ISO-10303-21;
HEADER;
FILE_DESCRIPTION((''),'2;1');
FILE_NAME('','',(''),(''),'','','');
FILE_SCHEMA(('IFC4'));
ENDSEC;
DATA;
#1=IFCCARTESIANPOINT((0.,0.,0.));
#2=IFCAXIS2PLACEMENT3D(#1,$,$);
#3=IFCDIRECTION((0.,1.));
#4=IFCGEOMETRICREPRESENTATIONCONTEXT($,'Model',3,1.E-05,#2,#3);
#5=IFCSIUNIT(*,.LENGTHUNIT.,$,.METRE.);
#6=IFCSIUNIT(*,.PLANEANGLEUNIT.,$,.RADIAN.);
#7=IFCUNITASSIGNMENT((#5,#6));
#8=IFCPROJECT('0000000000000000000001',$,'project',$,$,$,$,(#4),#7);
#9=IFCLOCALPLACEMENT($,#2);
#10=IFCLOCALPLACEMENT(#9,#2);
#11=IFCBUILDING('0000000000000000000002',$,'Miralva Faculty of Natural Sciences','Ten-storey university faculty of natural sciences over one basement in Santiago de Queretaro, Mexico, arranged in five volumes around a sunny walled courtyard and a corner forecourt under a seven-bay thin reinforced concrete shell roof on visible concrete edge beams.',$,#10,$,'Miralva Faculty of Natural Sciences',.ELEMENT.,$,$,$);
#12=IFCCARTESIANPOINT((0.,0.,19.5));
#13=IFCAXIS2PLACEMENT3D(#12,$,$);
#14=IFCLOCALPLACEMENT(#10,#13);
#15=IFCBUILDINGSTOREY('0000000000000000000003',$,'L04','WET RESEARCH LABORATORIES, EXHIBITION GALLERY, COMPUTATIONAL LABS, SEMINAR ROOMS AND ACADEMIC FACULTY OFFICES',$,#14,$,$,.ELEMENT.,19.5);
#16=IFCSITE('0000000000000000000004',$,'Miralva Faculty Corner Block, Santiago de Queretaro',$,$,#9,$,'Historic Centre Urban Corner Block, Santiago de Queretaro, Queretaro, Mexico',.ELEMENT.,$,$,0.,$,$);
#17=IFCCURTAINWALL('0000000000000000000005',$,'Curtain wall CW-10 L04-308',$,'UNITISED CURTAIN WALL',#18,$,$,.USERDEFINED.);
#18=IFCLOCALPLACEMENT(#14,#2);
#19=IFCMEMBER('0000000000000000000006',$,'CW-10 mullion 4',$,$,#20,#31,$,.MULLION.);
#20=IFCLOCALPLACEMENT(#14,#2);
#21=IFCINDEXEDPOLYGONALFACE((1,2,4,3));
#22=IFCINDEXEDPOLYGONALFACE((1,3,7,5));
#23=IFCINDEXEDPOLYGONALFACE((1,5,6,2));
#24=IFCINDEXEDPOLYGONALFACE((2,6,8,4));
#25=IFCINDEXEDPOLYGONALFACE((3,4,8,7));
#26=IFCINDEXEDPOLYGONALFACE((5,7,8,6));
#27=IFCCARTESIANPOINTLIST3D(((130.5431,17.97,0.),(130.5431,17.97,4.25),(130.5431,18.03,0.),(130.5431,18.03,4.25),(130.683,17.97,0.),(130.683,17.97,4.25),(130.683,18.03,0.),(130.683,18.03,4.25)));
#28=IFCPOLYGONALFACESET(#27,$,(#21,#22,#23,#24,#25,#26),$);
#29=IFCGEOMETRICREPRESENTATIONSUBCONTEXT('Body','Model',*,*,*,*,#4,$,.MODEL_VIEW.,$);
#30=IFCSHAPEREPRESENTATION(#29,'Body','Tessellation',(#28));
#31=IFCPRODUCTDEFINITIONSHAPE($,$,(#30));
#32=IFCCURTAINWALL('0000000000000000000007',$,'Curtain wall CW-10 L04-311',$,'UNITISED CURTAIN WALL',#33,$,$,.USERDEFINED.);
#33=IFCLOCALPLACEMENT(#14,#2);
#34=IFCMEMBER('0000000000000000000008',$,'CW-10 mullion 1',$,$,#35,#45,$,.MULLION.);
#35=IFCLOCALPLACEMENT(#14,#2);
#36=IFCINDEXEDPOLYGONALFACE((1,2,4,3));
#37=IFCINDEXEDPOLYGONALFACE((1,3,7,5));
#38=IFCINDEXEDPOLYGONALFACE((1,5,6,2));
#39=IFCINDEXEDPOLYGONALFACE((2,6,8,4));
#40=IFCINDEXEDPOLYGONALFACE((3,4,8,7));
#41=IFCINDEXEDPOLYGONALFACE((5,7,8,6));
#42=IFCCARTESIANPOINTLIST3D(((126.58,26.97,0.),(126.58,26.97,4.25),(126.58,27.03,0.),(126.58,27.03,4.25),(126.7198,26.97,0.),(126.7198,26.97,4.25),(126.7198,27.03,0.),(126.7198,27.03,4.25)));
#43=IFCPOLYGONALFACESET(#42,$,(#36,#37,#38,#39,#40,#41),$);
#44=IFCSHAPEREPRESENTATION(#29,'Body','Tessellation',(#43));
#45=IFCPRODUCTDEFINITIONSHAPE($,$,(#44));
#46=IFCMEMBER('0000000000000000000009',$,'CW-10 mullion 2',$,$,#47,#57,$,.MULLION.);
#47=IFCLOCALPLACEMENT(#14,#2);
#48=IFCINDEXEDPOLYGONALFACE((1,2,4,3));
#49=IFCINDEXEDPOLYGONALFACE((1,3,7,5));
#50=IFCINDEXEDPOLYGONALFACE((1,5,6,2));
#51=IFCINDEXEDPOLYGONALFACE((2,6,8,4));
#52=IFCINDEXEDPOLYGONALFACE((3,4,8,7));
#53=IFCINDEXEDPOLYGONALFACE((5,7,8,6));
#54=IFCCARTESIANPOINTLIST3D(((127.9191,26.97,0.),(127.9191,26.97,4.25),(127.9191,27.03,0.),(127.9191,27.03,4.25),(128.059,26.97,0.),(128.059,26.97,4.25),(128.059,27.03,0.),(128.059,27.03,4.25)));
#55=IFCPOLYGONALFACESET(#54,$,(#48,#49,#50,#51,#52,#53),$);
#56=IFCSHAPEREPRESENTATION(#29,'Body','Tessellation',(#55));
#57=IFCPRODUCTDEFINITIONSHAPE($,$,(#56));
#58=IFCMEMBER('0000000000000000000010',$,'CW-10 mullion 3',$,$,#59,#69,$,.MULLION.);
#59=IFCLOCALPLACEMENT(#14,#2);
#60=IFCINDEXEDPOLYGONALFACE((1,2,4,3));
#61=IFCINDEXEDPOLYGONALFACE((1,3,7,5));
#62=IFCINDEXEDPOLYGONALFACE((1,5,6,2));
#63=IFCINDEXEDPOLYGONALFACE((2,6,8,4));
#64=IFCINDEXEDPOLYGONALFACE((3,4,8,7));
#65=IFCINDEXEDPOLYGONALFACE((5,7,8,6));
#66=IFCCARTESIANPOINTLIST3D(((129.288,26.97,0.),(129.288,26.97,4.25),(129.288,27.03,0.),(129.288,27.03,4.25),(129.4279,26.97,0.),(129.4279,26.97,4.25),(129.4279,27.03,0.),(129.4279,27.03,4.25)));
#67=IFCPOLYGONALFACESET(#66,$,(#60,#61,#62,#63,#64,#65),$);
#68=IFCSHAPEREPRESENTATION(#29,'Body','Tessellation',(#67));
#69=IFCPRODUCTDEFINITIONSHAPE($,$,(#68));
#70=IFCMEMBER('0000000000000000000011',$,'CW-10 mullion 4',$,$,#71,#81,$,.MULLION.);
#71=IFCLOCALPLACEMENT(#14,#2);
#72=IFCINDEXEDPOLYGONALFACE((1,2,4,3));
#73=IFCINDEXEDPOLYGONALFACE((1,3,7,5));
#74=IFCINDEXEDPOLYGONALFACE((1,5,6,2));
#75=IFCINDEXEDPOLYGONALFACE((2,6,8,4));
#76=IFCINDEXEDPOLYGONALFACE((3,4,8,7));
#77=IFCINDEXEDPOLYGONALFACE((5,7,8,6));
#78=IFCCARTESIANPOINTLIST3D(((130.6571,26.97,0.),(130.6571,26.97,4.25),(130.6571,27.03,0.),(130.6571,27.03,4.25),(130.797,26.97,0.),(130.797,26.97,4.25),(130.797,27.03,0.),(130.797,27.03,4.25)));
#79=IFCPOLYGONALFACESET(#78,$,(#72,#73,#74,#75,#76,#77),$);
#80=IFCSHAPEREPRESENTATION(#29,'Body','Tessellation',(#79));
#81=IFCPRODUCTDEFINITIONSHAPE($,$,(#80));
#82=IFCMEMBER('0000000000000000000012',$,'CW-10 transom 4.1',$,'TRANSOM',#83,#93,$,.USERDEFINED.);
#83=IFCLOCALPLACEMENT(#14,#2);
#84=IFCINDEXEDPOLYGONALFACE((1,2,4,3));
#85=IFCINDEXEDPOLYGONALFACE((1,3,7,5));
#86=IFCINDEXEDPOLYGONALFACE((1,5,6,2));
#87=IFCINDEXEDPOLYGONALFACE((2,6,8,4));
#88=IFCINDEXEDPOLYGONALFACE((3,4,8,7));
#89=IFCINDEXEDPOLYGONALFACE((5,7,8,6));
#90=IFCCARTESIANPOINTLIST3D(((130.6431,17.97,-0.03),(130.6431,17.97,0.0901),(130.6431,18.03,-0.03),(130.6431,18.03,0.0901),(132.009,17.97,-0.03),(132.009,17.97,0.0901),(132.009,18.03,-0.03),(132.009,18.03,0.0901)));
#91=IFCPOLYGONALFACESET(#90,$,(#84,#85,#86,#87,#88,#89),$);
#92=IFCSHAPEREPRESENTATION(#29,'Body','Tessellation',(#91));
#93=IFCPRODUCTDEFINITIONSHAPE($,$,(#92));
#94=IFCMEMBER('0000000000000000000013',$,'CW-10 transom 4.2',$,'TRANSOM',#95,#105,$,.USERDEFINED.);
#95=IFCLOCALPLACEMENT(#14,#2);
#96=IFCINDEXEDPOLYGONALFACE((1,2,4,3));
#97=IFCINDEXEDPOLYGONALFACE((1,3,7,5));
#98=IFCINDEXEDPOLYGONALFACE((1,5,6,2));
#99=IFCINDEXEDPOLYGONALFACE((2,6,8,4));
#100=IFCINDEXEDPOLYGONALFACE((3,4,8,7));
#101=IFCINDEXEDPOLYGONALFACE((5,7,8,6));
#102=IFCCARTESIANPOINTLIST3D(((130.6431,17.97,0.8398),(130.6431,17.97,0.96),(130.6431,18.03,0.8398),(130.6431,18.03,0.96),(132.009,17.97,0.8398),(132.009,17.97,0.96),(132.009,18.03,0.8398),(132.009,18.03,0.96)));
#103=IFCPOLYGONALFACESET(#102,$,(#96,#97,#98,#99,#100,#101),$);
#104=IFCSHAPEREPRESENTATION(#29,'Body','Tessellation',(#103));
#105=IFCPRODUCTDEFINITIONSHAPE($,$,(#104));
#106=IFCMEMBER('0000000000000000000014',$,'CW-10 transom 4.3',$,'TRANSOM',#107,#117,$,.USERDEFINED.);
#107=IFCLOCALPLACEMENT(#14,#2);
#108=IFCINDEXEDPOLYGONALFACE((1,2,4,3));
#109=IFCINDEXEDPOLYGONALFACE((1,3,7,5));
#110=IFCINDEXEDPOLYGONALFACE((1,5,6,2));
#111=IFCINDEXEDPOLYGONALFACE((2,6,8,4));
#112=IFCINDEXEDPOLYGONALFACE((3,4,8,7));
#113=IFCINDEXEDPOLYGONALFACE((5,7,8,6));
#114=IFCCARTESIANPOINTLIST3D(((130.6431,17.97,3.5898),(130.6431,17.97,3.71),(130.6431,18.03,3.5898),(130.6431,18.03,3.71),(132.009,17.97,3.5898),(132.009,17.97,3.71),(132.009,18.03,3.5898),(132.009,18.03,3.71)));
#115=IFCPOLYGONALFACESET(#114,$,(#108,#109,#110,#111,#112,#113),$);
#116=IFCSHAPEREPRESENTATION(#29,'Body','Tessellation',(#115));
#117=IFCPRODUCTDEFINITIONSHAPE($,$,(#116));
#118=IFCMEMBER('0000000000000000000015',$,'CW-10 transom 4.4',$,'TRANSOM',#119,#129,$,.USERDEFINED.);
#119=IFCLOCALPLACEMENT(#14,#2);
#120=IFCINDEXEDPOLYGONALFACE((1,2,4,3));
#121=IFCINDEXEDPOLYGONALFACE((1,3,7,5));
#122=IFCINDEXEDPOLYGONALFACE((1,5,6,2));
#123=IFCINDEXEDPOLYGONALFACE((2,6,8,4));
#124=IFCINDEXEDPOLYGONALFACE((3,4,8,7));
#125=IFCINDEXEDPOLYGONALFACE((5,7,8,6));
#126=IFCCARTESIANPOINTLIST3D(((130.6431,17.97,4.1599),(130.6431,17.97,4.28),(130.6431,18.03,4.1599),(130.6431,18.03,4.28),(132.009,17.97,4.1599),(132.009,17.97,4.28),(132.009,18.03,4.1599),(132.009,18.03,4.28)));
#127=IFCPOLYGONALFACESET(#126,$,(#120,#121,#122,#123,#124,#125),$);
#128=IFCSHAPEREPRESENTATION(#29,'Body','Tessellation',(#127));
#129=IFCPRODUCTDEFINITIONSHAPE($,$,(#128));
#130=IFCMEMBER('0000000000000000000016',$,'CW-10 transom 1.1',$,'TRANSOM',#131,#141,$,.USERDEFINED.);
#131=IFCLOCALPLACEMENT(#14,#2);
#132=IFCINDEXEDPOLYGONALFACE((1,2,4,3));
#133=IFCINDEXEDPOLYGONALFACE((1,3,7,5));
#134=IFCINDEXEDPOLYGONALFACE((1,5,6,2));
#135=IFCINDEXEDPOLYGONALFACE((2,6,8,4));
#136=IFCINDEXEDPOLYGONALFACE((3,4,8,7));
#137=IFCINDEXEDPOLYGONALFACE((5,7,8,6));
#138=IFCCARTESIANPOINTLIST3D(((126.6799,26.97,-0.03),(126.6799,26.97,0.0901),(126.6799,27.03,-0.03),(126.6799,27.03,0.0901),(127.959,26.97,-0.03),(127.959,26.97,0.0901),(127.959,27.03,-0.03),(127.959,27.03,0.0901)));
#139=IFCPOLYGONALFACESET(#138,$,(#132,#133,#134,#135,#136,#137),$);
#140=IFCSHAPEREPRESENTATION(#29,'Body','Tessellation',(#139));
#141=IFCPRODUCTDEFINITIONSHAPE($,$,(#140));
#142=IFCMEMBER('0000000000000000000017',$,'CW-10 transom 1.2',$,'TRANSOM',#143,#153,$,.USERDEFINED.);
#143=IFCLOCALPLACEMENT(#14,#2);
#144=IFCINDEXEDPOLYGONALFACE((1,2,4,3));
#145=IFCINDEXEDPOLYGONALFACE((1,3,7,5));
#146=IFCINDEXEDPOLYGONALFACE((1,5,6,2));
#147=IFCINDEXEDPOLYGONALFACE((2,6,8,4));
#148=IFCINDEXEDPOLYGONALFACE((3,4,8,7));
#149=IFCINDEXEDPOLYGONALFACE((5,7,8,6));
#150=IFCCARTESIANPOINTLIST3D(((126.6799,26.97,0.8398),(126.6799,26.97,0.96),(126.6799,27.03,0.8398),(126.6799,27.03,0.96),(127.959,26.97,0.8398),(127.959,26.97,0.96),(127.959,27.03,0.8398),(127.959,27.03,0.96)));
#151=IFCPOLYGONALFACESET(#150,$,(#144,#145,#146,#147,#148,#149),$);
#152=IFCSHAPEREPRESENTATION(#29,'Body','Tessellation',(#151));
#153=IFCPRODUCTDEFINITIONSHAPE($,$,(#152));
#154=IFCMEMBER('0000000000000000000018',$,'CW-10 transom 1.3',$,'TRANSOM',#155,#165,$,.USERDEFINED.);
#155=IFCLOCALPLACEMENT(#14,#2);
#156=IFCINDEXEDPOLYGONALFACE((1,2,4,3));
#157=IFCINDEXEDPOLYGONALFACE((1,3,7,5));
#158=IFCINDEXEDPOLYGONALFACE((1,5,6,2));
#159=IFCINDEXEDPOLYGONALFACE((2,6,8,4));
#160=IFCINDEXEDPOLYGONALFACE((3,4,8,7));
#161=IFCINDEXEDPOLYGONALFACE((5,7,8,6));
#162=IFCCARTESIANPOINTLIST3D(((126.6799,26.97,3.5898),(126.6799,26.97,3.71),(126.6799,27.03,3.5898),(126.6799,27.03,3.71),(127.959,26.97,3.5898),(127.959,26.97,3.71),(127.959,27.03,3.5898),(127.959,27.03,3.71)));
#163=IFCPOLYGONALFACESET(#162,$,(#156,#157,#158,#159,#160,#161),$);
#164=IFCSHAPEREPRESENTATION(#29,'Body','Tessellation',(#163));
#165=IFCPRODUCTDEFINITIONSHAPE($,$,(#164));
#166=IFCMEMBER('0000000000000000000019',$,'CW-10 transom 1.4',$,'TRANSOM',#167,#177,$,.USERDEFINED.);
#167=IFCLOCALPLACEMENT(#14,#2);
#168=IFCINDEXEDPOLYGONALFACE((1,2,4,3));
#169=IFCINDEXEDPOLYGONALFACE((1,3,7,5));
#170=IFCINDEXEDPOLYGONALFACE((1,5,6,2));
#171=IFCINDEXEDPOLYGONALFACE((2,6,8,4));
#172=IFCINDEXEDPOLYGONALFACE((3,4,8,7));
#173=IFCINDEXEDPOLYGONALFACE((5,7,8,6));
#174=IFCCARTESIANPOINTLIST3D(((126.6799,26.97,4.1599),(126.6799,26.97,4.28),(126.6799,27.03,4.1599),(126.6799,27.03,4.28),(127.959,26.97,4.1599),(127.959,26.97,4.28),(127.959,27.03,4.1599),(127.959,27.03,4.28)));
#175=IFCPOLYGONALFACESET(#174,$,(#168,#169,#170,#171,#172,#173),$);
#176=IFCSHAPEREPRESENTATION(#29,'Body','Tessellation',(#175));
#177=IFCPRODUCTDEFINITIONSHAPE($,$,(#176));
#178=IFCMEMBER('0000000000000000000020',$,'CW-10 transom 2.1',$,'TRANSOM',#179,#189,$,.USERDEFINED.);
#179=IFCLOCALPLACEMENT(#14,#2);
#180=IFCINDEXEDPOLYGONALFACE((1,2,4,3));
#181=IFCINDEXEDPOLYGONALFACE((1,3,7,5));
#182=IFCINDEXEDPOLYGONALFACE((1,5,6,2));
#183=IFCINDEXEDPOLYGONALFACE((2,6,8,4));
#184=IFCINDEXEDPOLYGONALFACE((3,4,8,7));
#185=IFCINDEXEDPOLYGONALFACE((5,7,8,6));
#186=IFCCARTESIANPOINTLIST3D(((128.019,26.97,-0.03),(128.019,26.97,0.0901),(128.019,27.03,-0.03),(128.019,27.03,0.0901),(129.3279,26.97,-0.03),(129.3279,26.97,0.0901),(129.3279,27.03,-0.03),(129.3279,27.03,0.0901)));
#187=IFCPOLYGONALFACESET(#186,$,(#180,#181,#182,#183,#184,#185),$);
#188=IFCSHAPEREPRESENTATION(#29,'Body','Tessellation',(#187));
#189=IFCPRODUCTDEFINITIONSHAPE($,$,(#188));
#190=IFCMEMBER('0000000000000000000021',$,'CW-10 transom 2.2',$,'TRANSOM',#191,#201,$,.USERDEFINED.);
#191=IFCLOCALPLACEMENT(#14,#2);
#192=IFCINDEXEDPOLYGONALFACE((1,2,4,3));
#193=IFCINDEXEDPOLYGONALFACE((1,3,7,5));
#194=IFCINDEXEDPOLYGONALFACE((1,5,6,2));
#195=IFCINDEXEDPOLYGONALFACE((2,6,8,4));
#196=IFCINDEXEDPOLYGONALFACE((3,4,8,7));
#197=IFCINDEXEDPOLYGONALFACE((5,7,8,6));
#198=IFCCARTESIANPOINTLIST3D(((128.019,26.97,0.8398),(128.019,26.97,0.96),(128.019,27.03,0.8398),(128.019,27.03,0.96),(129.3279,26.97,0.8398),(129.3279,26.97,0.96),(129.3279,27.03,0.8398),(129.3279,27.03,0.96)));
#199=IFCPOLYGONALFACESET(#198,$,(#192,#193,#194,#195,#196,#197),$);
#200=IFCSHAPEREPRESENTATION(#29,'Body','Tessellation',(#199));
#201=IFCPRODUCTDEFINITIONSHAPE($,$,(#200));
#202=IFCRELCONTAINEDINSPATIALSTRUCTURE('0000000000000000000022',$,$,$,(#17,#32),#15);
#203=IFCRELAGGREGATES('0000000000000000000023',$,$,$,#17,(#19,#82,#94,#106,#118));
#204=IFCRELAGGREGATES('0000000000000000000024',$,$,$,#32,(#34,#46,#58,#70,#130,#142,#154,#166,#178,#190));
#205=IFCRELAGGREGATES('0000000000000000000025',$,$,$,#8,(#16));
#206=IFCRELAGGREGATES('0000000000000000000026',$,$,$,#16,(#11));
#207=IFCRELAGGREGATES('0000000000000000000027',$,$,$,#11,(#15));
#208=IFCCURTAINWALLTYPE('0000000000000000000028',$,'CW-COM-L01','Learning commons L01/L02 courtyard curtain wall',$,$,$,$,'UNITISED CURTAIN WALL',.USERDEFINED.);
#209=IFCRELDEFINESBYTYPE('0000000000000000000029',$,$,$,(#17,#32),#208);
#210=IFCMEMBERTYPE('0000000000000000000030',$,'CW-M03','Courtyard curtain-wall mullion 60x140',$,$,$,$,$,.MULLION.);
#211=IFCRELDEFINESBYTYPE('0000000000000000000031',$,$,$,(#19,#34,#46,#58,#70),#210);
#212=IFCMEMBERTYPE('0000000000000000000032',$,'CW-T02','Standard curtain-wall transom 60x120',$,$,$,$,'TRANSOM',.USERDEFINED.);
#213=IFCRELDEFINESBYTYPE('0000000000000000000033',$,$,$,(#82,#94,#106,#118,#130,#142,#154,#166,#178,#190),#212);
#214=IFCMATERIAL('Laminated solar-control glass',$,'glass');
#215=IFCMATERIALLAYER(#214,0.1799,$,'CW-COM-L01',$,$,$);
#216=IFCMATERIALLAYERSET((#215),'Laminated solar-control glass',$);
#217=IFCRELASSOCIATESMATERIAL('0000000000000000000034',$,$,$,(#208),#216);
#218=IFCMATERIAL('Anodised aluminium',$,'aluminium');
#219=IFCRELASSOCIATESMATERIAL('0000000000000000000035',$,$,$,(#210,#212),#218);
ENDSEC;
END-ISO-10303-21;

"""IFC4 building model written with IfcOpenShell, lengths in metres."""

from ifc_helpers import new_model, si_unit, direction, frame, origin, origin_2d, place, context, subcontext, project, spatial, rectangle, extrude, material, layer, layer_set, material_profile, profile_set, type_object, element, aggregate, save


model = new_model("IFC4")

# Units and contexts
model_context = context("Model", 3, precision=1e-05, world=origin(), true_north=direction((0.0, 1.0)))
body_context = subcontext(model_context, "Body", "Model", "MODEL_VIEW")
ifc_project = project(units=[si_unit("LENGTHUNIT", "METRE"), si_unit("PLANEANGLEUNIT", "RADIAN")], contexts=[model_context])

# Site, building, storey
site_placement = place(None, origin())
site = spatial("IfcSite", under=ifc_project, at=site_placement, Name="Miralva Faculty Corner Block, Santiago de Queretaro", LongName="Historic Centre Urban Corner Block, Santiago de Queretaro, Queretaro, Mexico", CompositionType="ELEMENT", RefElevation=0.0)
building_placement = place(site_placement, origin())
building = spatial("IfcBuilding", under=site, at=building_placement, Name="Miralva Faculty of Natural Sciences", Description="Ten-storey university faculty of natural sciences over one basement in Santiago de Queretaro, Mexico, arranged in five volumes around a sunny walled courtyard and a corner forecourt under a seven-bay thin reinforced concrete shell roof on visible concrete edge beams.", LongName="Miralva Faculty of Natural Sciences", CompositionType="ELEMENT")
storey_placement = place(building_placement, frame((0.0, 0.0, 19.5)))
storey = spatial("IfcBuildingStorey", under=building, at=storey_placement, Name="L04", Description="WET RESEARCH LABORATORIES, EXHIBITION GALLERY, COMPUTATIONAL LABS, SEMINAR ROOMS AND ACADEMIC FACULTY OFFICES", CompositionType="ELEMENT", Elevation=19.5)

# Curtain wall, member
ifc_material_1 = material(Name="Laminated solar-control glass", Category="glass")
ifc_layer_1 = layer(ifc_material_1, 0.1799, Name="CW-COM-L01")
ifc_layer_set_1 = layer_set([ifc_layer_1], Name="Laminated solar-control glass")
curtain_wall_type = type_object("IfcCurtainWallType", Name="CW-COM-L01", Description="Learning commons L01/L02 courtyard curtain wall", ElementType="UNITISED CURTAIN WALL", PredefinedType="USERDEFINED", material=ifc_layer_set_1)
curtain_wall_1_placement = place(storey_placement, origin())
curtain_wall_1 = element("IfcCurtainWall", 1, at=curtain_wall_1_placement, inside=storey, type_object=curtain_wall_type, Name="Curtain wall CW-10 L04-308", ObjectType="UNITISED CURTAIN WALL", PredefinedType="USERDEFINED")
ifc_material_2 = material(Name="Anodised aluminium", Category="aluminium")
ifc_material_profile_1 = material_profile(ifc_material_2, rectangle(XDim=0.0601, YDim=0.1399, at=origin_2d()), Name="MULLION 60x140")
ifc_profile_set_1 = profile_set([ifc_material_profile_1], Name="Anodised aluminium")
member_type_1 = type_object("IfcMemberType", Name="CW-M03", Description="Courtyard curtain-wall mullion 60x140", PredefinedType="MULLION", material=ifc_profile_set_1)
member_1_placement = place(storey_placement, frame((130.613, 18.0, 0.0), z_axis=(0.0, 0.0, 1.0), x_axis=(0.0, 1.0, 0.0)))
member_1 = element("IfcMember", 2, at=member_1_placement, type_object=member_type_1, Name="CW-10 mullion 4", PredefinedType="MULLION", context=body_context, shape_type="SweptSolid", body=[
    extrude(rectangle(XDim=0.0601, YDim=0.1399, at=origin_2d()), origin(), (0.0, 0.0, 1.0), 4.25),
])

# Curtain wall, members
curtain_wall_2_placement = place(storey_placement, origin())
curtain_wall_2 = element("IfcCurtainWall", 3, at=curtain_wall_2_placement, inside=storey, type_object=curtain_wall_type, Name="Curtain wall CW-10 L04-311", ObjectType="UNITISED CURTAIN WALL", PredefinedType="USERDEFINED")
member_2_placement = place(storey_placement, frame((126.6499, 27.0, 0.0), z_axis=(0.0, 0.0, 1.0), x_axis=(0.0, 1.0, 0.0)))
member_2 = element("IfcMember", 4, at=member_2_placement, type_object=member_type_1, Name="CW-10 mullion 1", PredefinedType="MULLION", context=body_context, shape_type="SweptSolid", body=[
    extrude(rectangle(XDim=0.0601, YDim=0.1399, at=origin_2d()), origin(), (0.0, 0.0, 1.0), 4.25),
])
member_3_placement = place(storey_placement, frame((127.989, 27.0, 0.0), z_axis=(0.0, 0.0, 1.0), x_axis=(0.0, 1.0, 0.0)))
member_3 = element("IfcMember", 5, at=member_3_placement, type_object=member_type_1, Name="CW-10 mullion 2", PredefinedType="MULLION", context=body_context, shape_type="SweptSolid", body=[
    extrude(rectangle(XDim=0.0601, YDim=0.1399, at=origin_2d()), origin(), (0.0, 0.0, 1.0), 4.25),
])
member_4_placement = place(storey_placement, frame((129.3579, 27.0, 0.0), z_axis=(0.0, 0.0, 1.0), x_axis=(0.0, 1.0, 0.0)))
member_4 = element("IfcMember", 6, at=member_4_placement, type_object=member_type_1, Name="CW-10 mullion 3", PredefinedType="MULLION", context=body_context, shape_type="SweptSolid", body=[
    extrude(rectangle(XDim=0.0601, YDim=0.1399, at=origin_2d()), origin(), (0.0, 0.0, 1.0), 4.25),
])
member_5_placement = place(storey_placement, frame((130.7271, 27.0, 0.0), z_axis=(0.0, 0.0, 1.0), x_axis=(0.0, 1.0, 0.0)))
member_5 = element("IfcMember", 7, at=member_5_placement, type_object=member_type_1, Name="CW-10 mullion 4", PredefinedType="MULLION", context=body_context, shape_type="SweptSolid", body=[
    extrude(rectangle(XDim=0.0601, YDim=0.1399, at=origin_2d()), origin(), (0.0, 0.0, 1.0), 4.25),
])

# Members
ifc_material_profile_2 = material_profile(ifc_material_2, rectangle(XDim=0.0601, YDim=0.1201, at=origin_2d()), Name="TRANSOM 60x120")
ifc_profile_set_2 = profile_set([ifc_material_profile_2], Name="Anodised aluminium")
member_type_2 = type_object("IfcMemberType", Name="CW-T02", Description="Standard curtain-wall transom 60x120", ElementType="TRANSOM", PredefinedType="USERDEFINED", material=ifc_profile_set_2)
member_6_placement = place(storey_placement, frame((130.6431, 18.0, 0.03), z_axis=(1.0, 0.0, 0.0), x_axis=(0.0, 1.0, 0.0)))
member_6 = element("IfcMember", 8, at=member_6_placement, type_object=member_type_2, Name="CW-10 transom 4.1", ObjectType="TRANSOM", PredefinedType="USERDEFINED", context=body_context, shape_type="SweptSolid", body=[
    extrude(rectangle(XDim=0.0601, YDim=0.1201, at=origin_2d()), origin(), (0.0, 0.0, 1.0), 1.366),
])
member_7_placement = place(storey_placement, frame((130.6431, 18.0, 0.8999), z_axis=(1.0, 0.0, 0.0), x_axis=(0.0, 1.0, 0.0)))
member_7 = element("IfcMember", 9, at=member_7_placement, type_object=member_type_2, Name="CW-10 transom 4.2", ObjectType="TRANSOM", PredefinedType="USERDEFINED", context=body_context, shape_type="SweptSolid", body=[
    extrude(rectangle(XDim=0.0601, YDim=0.1201, at=origin_2d()), origin(), (0.0, 0.0, 1.0), 1.366),
])
member_8_placement = place(storey_placement, frame((130.6431, 18.0, 3.6499), z_axis=(1.0, 0.0, 0.0), x_axis=(0.0, 1.0, 0.0)))
member_8 = element("IfcMember", 10, at=member_8_placement, type_object=member_type_2, Name="CW-10 transom 4.3", ObjectType="TRANSOM", PredefinedType="USERDEFINED", context=body_context, shape_type="SweptSolid", body=[
    extrude(rectangle(XDim=0.0601, YDim=0.1201, at=origin_2d()), origin(), (0.0, 0.0, 1.0), 1.366),
])
member_9_placement = place(storey_placement, frame((130.6431, 18.0, 4.22), z_axis=(1.0, 0.0, 0.0), x_axis=(0.0, 1.0, 0.0)))
member_9 = element("IfcMember", 11, at=member_9_placement, type_object=member_type_2, Name="CW-10 transom 4.4", ObjectType="TRANSOM", PredefinedType="USERDEFINED", context=body_context, shape_type="SweptSolid", body=[
    extrude(rectangle(XDim=0.0601, YDim=0.1201, at=origin_2d()), origin(), (0.0, 0.0, 1.0), 1.366),
])
aggregate(curtain_wall_1, [member_1, member_6, member_7, member_8, member_9])
member_10_placement = place(storey_placement, frame((126.6799, 27.0, 0.03), z_axis=(1.0, 0.0, 0.0), x_axis=(0.0, 1.0, 0.0)))
member_10 = element("IfcMember", 12, at=member_10_placement, type_object=member_type_2, Name="CW-10 transom 1.1", ObjectType="TRANSOM", PredefinedType="USERDEFINED", context=body_context, shape_type="SweptSolid", body=[
    extrude(rectangle(XDim=0.0601, YDim=0.1201, at=origin_2d()), origin(), (0.0, 0.0, 1.0), 1.2791),
])
member_11_placement = place(storey_placement, frame((126.6799, 27.0, 0.8999), z_axis=(1.0, 0.0, 0.0), x_axis=(0.0, 1.0, 0.0)))
member_11 = element("IfcMember", 13, at=member_11_placement, type_object=member_type_2, Name="CW-10 transom 1.2", ObjectType="TRANSOM", PredefinedType="USERDEFINED", context=body_context, shape_type="SweptSolid", body=[
    extrude(rectangle(XDim=0.0601, YDim=0.1201, at=origin_2d()), origin(), (0.0, 0.0, 1.0), 1.2791),
])
member_12_placement = place(storey_placement, frame((126.6799, 27.0, 3.6499), z_axis=(1.0, 0.0, 0.0), x_axis=(0.0, 1.0, 0.0)))
member_12 = element("IfcMember", 14, at=member_12_placement, type_object=member_type_2, Name="CW-10 transom 1.3", ObjectType="TRANSOM", PredefinedType="USERDEFINED", context=body_context, shape_type="SweptSolid", body=[
    extrude(rectangle(XDim=0.0601, YDim=0.1201, at=origin_2d()), origin(), (0.0, 0.0, 1.0), 1.2791),
])
member_13_placement = place(storey_placement, frame((126.6799, 27.0, 4.22), z_axis=(1.0, 0.0, 0.0), x_axis=(0.0, 1.0, 0.0)))
member_13 = element("IfcMember", 15, at=member_13_placement, type_object=member_type_2, Name="CW-10 transom 1.4", ObjectType="TRANSOM", PredefinedType="USERDEFINED", context=body_context, shape_type="SweptSolid", body=[
    extrude(rectangle(XDim=0.0601, YDim=0.1201, at=origin_2d()), origin(), (0.0, 0.0, 1.0), 1.2791),
])
member_14_placement = place(storey_placement, frame((128.019, 27.0, 0.03), z_axis=(1.0, 0.0, 0.0), x_axis=(0.0, 1.0, 0.0)))
member_14 = element("IfcMember", 16, at=member_14_placement, type_object=member_type_2, Name="CW-10 transom 2.1", ObjectType="TRANSOM", PredefinedType="USERDEFINED", context=body_context, shape_type="SweptSolid", body=[
    extrude(rectangle(XDim=0.0601, YDim=0.1201, at=origin_2d()), origin(), (0.0, 0.0, 1.0), 1.3088),
])
member_15_placement = place(storey_placement, frame((128.019, 27.0, 0.8999), z_axis=(1.0, 0.0, 0.0), x_axis=(0.0, 1.0, 0.0)))
member_15 = element("IfcMember", 17, at=member_15_placement, type_object=member_type_2, Name="CW-10 transom 2.2", ObjectType="TRANSOM", PredefinedType="USERDEFINED", context=body_context, shape_type="SweptSolid", body=[
    extrude(rectangle(XDim=0.0601, YDim=0.1201, at=origin_2d()), origin(), (0.0, 0.0, 1.0), 1.3088),
])

aggregate(curtain_wall_2, [member_2, member_3, member_4, member_5, member_10, member_11, member_12, member_13, member_14, member_15])

save(model, "model.ifc")
